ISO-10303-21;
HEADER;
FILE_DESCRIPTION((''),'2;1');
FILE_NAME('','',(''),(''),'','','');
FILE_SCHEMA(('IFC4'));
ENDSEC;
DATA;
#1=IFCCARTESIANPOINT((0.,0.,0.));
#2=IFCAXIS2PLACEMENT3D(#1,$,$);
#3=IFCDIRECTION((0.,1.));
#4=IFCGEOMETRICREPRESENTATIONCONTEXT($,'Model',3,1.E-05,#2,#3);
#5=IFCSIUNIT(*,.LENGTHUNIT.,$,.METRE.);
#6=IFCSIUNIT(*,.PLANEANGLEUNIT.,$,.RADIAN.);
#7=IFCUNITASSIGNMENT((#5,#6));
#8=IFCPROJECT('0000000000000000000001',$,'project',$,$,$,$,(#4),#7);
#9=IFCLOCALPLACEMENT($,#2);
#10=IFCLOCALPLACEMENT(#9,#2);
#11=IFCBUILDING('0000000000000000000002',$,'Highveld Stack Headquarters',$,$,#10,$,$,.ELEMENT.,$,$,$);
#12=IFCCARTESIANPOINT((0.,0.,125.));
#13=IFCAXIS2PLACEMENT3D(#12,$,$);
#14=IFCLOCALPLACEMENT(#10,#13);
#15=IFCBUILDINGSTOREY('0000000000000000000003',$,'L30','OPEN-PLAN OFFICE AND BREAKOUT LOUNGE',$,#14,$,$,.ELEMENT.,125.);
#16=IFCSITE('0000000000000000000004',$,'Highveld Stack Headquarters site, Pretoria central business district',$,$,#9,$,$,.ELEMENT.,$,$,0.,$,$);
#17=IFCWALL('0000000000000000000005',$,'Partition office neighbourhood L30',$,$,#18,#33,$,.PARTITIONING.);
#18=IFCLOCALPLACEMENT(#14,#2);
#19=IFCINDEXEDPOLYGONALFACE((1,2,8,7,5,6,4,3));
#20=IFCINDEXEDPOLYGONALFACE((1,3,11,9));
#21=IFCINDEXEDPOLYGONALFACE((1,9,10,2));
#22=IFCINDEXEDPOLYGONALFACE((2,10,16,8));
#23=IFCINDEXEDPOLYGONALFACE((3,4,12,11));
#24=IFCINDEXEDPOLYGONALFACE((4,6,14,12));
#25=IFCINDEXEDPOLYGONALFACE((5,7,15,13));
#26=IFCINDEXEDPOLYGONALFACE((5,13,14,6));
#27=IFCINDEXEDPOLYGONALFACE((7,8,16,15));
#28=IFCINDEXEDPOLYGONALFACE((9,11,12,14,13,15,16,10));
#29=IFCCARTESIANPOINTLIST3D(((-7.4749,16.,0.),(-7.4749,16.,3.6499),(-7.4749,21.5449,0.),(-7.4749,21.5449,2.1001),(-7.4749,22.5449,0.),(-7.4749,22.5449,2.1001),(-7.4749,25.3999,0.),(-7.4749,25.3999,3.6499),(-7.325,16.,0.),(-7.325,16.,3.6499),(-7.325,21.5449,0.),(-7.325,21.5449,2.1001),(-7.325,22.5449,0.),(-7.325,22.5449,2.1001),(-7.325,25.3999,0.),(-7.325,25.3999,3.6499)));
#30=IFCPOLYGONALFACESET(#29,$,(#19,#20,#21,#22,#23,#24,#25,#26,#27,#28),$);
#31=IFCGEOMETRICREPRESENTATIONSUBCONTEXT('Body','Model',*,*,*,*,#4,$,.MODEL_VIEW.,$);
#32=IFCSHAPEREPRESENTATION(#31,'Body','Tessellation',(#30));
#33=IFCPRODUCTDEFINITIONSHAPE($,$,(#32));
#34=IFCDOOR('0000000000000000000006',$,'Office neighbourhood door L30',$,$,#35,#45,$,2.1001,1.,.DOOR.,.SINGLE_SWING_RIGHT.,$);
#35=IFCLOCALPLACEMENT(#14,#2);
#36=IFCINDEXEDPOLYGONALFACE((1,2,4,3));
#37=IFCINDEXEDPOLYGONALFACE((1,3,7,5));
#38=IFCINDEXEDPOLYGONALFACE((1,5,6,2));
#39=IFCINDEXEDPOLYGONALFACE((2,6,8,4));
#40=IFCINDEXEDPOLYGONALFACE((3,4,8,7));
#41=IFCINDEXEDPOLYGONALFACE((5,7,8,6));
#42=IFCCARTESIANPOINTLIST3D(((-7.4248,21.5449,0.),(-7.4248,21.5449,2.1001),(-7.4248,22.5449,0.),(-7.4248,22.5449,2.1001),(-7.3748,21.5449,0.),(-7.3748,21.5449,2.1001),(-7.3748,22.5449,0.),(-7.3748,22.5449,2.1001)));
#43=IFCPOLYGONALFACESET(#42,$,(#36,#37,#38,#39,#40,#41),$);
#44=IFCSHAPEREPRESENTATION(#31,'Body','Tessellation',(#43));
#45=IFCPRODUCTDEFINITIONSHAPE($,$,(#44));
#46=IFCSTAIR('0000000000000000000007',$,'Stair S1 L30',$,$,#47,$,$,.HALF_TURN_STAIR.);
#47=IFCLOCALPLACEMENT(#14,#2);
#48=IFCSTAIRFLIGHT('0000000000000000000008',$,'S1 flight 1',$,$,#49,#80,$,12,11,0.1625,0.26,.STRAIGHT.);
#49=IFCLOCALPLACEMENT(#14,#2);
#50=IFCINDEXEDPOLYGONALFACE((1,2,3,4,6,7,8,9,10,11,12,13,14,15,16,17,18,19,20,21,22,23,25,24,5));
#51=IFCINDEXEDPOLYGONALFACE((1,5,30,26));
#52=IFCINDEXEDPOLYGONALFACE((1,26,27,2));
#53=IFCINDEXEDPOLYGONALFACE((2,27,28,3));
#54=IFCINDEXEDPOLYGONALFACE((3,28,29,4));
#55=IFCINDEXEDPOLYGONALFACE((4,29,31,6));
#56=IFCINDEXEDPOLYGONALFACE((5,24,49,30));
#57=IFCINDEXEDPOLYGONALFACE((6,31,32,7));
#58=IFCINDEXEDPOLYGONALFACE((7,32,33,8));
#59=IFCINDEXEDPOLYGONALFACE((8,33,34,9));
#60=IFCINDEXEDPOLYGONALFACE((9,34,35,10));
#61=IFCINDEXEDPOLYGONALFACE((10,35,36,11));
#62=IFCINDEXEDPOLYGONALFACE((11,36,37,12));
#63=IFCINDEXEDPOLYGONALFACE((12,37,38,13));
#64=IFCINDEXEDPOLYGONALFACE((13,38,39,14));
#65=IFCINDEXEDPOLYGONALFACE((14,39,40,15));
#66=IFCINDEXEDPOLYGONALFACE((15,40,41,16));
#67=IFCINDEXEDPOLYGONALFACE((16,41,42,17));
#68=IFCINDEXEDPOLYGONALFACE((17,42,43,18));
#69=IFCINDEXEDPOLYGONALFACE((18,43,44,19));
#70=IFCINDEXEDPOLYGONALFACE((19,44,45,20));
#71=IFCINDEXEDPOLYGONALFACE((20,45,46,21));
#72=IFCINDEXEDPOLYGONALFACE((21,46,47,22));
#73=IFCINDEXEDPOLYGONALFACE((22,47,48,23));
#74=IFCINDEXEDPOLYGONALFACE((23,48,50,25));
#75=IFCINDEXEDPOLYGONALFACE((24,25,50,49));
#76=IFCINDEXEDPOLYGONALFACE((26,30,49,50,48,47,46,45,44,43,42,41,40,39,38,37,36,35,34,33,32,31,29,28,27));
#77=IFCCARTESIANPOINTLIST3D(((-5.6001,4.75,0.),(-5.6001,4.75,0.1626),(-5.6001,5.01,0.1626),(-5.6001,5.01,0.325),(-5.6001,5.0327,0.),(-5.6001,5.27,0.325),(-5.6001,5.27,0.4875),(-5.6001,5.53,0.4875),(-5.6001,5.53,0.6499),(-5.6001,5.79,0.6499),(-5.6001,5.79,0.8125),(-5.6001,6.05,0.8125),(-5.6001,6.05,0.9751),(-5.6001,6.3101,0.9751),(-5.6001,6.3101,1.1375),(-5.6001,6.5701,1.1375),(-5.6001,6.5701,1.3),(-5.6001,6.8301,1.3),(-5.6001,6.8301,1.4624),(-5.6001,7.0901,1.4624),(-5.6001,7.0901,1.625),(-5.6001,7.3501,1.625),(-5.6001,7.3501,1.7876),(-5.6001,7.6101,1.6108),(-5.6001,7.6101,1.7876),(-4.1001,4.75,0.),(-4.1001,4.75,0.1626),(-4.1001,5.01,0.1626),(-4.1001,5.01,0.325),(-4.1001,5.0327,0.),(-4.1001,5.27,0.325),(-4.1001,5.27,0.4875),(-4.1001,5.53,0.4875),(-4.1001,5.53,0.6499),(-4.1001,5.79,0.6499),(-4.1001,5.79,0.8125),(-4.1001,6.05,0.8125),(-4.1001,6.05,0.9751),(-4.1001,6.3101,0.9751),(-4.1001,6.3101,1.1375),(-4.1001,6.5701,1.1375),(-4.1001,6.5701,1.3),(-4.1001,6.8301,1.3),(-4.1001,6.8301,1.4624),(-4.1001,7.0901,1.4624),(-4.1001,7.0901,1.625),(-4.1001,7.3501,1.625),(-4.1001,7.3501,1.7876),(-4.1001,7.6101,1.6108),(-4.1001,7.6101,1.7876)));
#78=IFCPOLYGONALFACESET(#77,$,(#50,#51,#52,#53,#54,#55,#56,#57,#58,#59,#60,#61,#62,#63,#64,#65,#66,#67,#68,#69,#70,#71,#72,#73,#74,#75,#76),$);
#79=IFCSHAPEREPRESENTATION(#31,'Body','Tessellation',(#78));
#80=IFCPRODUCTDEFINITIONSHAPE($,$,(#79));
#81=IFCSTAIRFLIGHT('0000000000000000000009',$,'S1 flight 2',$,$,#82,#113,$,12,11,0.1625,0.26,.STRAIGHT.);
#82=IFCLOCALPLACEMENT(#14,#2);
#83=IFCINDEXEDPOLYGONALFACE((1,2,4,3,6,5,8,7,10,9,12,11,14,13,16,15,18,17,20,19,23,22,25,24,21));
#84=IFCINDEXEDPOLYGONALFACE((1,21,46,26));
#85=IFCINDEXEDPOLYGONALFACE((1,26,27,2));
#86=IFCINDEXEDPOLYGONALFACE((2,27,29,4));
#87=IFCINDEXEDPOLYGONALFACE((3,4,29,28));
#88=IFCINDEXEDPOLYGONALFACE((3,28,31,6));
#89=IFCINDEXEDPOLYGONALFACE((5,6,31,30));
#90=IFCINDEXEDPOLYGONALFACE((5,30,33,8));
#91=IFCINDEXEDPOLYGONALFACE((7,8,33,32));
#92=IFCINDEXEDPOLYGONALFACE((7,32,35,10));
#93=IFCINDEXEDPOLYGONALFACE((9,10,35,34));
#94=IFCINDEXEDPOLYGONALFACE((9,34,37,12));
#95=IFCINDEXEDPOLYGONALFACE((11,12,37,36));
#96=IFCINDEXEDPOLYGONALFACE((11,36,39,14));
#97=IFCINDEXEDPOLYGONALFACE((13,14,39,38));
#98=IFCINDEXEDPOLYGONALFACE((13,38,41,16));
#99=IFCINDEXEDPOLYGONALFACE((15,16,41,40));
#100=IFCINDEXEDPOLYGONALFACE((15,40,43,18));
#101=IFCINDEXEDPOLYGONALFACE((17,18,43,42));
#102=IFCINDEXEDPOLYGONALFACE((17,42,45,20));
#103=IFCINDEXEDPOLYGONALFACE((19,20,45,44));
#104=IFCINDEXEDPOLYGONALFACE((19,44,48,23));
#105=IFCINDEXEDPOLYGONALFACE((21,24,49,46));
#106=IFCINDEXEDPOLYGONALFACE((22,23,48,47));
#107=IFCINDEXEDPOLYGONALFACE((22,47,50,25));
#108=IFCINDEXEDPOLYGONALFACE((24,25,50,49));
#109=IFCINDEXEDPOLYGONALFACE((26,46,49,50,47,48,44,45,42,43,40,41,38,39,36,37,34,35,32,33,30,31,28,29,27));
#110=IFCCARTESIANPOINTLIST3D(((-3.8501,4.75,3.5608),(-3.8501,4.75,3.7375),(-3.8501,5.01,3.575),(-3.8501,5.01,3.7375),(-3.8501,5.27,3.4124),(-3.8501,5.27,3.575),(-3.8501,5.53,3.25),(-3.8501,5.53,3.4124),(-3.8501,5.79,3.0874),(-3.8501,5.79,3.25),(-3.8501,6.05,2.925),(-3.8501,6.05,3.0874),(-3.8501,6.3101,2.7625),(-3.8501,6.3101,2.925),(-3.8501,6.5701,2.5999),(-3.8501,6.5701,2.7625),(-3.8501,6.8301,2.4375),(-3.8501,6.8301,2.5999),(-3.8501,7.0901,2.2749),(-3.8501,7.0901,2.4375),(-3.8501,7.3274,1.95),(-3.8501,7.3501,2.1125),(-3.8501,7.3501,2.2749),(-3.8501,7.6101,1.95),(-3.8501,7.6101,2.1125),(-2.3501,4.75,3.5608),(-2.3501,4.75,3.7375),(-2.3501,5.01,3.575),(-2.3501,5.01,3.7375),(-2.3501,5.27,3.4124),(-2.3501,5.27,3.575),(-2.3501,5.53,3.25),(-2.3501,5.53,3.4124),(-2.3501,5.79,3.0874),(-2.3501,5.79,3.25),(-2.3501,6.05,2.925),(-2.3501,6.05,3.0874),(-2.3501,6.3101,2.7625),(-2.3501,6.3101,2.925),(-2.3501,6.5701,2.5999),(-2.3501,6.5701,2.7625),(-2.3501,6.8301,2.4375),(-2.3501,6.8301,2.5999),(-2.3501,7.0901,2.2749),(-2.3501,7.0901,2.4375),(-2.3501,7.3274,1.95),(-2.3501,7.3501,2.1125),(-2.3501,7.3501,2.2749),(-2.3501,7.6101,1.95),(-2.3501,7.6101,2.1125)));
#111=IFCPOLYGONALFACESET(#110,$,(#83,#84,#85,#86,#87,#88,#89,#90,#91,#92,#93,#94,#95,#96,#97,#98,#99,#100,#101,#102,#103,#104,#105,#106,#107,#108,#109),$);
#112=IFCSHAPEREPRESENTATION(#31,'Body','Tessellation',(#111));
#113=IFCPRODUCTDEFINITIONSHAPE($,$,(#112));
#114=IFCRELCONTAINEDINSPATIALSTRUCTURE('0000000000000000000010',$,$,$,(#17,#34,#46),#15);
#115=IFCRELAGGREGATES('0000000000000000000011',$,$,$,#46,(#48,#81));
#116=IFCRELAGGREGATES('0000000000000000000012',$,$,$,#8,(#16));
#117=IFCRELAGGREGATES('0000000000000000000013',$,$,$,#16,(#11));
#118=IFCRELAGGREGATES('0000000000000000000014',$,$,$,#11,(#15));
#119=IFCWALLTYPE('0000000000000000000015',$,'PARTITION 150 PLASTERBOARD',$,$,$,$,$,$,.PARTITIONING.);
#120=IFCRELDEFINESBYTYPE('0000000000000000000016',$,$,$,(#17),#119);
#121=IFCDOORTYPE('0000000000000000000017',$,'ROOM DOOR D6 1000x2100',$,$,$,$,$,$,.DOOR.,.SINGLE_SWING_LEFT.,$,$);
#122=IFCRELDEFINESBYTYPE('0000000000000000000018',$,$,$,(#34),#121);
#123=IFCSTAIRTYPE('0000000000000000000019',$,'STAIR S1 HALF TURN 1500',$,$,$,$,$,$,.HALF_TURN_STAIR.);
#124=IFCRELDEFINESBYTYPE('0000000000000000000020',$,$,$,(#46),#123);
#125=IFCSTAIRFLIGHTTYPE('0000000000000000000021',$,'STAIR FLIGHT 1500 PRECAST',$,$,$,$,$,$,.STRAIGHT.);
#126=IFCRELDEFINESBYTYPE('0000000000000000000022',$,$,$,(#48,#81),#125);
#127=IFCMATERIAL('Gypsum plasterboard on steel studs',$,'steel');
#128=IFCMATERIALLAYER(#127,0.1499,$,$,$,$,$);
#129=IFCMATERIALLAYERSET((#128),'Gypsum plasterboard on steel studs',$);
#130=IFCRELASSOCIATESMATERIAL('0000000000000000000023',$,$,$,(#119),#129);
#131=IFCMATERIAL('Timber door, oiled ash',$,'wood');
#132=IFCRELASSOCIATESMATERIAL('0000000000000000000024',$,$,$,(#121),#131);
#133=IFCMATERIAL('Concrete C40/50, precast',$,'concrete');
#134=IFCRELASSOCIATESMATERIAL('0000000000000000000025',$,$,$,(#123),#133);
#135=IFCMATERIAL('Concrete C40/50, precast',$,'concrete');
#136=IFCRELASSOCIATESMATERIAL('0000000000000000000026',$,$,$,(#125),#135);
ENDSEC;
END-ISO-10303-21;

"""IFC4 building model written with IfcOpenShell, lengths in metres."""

from ifc_helpers import new_model, si_unit, direction, frame, frame_2d, origin, place, context, subcontext, project, spatial, polyline, rectangle, outline, extrude, material, layer, layer_set, type_object, element, fill, aggregate, save


model = new_model("IFC4")

# Units and contexts
model_context = context("Model", 3, precision=1e-05, world=origin(), true_north=direction((0.0, 1.0)))
body_context = subcontext(model_context, "Body", "Model", "MODEL_VIEW")
ifc_project = project(units=[si_unit("LENGTHUNIT", "METRE"), si_unit("PLANEANGLEUNIT", "RADIAN")], contexts=[model_context])

# Site, building, storey
site_placement = place(None, origin())
site = spatial("IfcSite", under=ifc_project, at=site_placement, Name="Highveld Stack Headquarters site, Pretoria central business district", CompositionType="ELEMENT", RefElevation=0.0)
building_placement = place(site_placement, origin())
building = spatial("IfcBuilding", under=site, at=building_placement, Name="Highveld Stack Headquarters", CompositionType="ELEMENT")
storey_placement = place(building_placement, frame((0.0, 0.0, 125.0)))
storey = spatial("IfcBuildingStorey", under=building, at=storey_placement, Name="L30", Description="OPEN-PLAN OFFICE AND BREAKOUT LOUNGE", CompositionType="ELEMENT", Elevation=125.0)

# Wall, opening, door
ifc_material_1 = material(Name="Gypsum plasterboard on steel studs", Category="steel")
ifc_layer_1 = layer(ifc_material_1, 0.1499)
ifc_layer_set_1 = layer_set([ifc_layer_1], Name="Gypsum plasterboard on steel studs")
wall_type_1 = type_object("IfcWallType", Name="PARTITION 150 PLASTERBOARD", PredefinedType="PARTITIONING", material=ifc_layer_set_1)
ifc_material_2 = material(Name="Timber door, oiled ash", Category="wood")
door_type_1 = type_object("IfcDoorType", Name="ROOM DOOR D6 1000x2100", OperationType="SINGLE_SWING_LEFT", PredefinedType="DOOR", material=ifc_material_2)
wall_1_placement = place(storey_placement, frame((-7.3999, 16.0, 0.0), z_axis=(0.0, 0.0, 1.0), x_axis=(0.0, 1.0, 0.0)))
wall_1 = element("IfcWall", 1, at=wall_1_placement, inside=storey, type_object=wall_type_1, Name="Partition office neighbourhood L30", PredefinedType="PARTITIONING", context=body_context, shape_type="SweptSolid", body=[
    extrude(rectangle(XDim=9.3999, YDim=0.1499, at=frame_2d((4.7, 0.0))), origin(), (0.0, 0.0, 1.0), 3.6499),
])
opening_1_placement = place(wall_1_placement, frame((5.5449, 0.0, 0.0)))
opening_1 = element("IfcOpeningElement", 2, at=opening_1_placement, cuts=wall_1, PredefinedType="OPENING", context=body_context, shape_type="SweptSolid", body=[
    extrude(rectangle(XDim=1.0, YDim=2.1001, at=frame_2d((0.5, 1.05))), frame((0.0, 0.085, 0.0), z_axis=(0.0, -1.0, 0.0), x_axis=(1.0, 0.0, 0.0)), (0.0, 0.0, 1.0), 0.1699),
])
door_1_placement = place(opening_1_placement, origin())
door_1 = element("IfcDoor", 3, at=door_1_placement, inside=storey, type_object=door_type_1, Name="Office neighbourhood door L30", OperationType="SINGLE_SWING_RIGHT", OverallHeight=2.1001, OverallWidth=1.0, PredefinedType="DOOR", context=body_context, shape_type="SweptSolid", body=[
    extrude(rectangle(XDim=1.0, YDim=2.1001, at=frame_2d((0.5, 1.05))), frame((0.0, 0.0249, 0.0), z_axis=(0.0, -1.0, 0.0), x_axis=(1.0, 0.0, 0.0)), (0.0, 0.0, 1.0), 0.05),
])
fill(opening_1, door_1)

# Stair, stair flights
ifc_material_3 = material(Name="Concrete C40/50, precast", Category="concrete")
stair_type = type_object("IfcStairType", Name="STAIR S1 HALF TURN 1500", PredefinedType="HALF_TURN_STAIR", material=ifc_material_3)
stair_placement = place(storey_placement, origin())
stair = element("IfcStair", 4, at=stair_placement, inside=storey, type_object=stair_type, Name="Stair S1 L30", PredefinedType="HALF_TURN_STAIR")
ifc_material_4 = material(Name="Concrete C40/50, precast", Category="concrete")
stair_flight_type = type_object("IfcStairFlightType", Name="STAIR FLIGHT 1500 PRECAST", PredefinedType="STRAIGHT", material=ifc_material_4)
stair_flight_1_placement = place(storey_placement, frame((-4.8501, 4.75, 0.0), z_axis=(0.0, 0.0, 1.0), x_axis=(0.0, 1.0, 0.0)))
stair_flight_1 = element("IfcStairFlight", 5, at=stair_flight_1_placement, type_object=stair_flight_type, Name="S1 flight 1", NumberOfRisers=12, NumberOfTreads=11, PredefinedType="STRAIGHT", RiserHeight=0.1625, TreadLength=0.26, context=body_context, shape_type="SweptSolid", body=[
    extrude(outline(polyline([(0.0, 0.0), (0.0, 0.1626), (0.26, 0.1626), (0.26, 0.325), (0.52, 0.325), (0.52, 0.4875), (0.78, 0.4875), (0.78, 0.6499), (1.04, 0.6499), (1.04, 0.8125), (1.3, 0.8125), (1.3, 0.9751), (1.5601, 0.9751), (1.5601, 1.1375), (1.8201, 1.1375), (1.8201, 1.3), (2.0801, 1.3), (2.0801, 1.4624), (2.3401, 1.4624), (2.3401, 1.625), (2.6001, 1.625), (2.6001, 1.7876), (2.8601, 1.7876), (2.8601, 1.95), (2.8601, 1.6108), (0.2827, 0.0), (0.0, 0.0)])), frame((0.0, 0.75, 0.0), z_axis=(0.0, -1.0, 0.0), x_axis=(1.0, 0.0, 0.0)), (0.0, 0.0, 1.0), 1.5),
])
stair_flight_2_placement = place(storey_placement, frame((-3.1001, 7.6101, 1.95), z_axis=(0.0, 0.0, 1.0), x_axis=(0.0, -1.0, 0.0)))
stair_flight_2 = element("IfcStairFlight", 6, at=stair_flight_2_placement, type_object=stair_flight_type, Name="S1 flight 2", NumberOfRisers=12, NumberOfTreads=11, PredefinedType="STRAIGHT", RiserHeight=0.1625, TreadLength=0.26, context=body_context, shape_type="SweptSolid", body=[
    extrude(outline(polyline([(0.0, 0.0), (0.0, 0.1626), (0.26, 0.1626), (0.26, 0.325), (0.52, 0.325), (0.52, 0.4875), (0.78, 0.4875), (0.78, 0.6499), (1.04, 0.6499), (1.04, 0.8125), (1.3, 0.8125), (1.3, 0.9751), (1.5601, 0.9751), (1.5601, 1.1375), (1.8201, 1.1375), (1.8201, 1.3), (2.0801, 1.3), (2.0801, 1.4624), (2.3401, 1.4624), (2.3401, 1.625), (2.6001, 1.625), (2.6001, 1.7876), (2.8601, 1.7876), (2.8601, 1.95), (2.8601, 1.6108), (0.2827, 0.0), (0.0, 0.0)])), frame((0.0, 0.75, 0.0), z_axis=(0.0, -1.0, 0.0), x_axis=(1.0, 0.0, 0.0)), (0.0, 0.0, 1.0), 1.5),
])
aggregate(stair, [stair_flight_1, stair_flight_2])

save(model, "model.ifc")
